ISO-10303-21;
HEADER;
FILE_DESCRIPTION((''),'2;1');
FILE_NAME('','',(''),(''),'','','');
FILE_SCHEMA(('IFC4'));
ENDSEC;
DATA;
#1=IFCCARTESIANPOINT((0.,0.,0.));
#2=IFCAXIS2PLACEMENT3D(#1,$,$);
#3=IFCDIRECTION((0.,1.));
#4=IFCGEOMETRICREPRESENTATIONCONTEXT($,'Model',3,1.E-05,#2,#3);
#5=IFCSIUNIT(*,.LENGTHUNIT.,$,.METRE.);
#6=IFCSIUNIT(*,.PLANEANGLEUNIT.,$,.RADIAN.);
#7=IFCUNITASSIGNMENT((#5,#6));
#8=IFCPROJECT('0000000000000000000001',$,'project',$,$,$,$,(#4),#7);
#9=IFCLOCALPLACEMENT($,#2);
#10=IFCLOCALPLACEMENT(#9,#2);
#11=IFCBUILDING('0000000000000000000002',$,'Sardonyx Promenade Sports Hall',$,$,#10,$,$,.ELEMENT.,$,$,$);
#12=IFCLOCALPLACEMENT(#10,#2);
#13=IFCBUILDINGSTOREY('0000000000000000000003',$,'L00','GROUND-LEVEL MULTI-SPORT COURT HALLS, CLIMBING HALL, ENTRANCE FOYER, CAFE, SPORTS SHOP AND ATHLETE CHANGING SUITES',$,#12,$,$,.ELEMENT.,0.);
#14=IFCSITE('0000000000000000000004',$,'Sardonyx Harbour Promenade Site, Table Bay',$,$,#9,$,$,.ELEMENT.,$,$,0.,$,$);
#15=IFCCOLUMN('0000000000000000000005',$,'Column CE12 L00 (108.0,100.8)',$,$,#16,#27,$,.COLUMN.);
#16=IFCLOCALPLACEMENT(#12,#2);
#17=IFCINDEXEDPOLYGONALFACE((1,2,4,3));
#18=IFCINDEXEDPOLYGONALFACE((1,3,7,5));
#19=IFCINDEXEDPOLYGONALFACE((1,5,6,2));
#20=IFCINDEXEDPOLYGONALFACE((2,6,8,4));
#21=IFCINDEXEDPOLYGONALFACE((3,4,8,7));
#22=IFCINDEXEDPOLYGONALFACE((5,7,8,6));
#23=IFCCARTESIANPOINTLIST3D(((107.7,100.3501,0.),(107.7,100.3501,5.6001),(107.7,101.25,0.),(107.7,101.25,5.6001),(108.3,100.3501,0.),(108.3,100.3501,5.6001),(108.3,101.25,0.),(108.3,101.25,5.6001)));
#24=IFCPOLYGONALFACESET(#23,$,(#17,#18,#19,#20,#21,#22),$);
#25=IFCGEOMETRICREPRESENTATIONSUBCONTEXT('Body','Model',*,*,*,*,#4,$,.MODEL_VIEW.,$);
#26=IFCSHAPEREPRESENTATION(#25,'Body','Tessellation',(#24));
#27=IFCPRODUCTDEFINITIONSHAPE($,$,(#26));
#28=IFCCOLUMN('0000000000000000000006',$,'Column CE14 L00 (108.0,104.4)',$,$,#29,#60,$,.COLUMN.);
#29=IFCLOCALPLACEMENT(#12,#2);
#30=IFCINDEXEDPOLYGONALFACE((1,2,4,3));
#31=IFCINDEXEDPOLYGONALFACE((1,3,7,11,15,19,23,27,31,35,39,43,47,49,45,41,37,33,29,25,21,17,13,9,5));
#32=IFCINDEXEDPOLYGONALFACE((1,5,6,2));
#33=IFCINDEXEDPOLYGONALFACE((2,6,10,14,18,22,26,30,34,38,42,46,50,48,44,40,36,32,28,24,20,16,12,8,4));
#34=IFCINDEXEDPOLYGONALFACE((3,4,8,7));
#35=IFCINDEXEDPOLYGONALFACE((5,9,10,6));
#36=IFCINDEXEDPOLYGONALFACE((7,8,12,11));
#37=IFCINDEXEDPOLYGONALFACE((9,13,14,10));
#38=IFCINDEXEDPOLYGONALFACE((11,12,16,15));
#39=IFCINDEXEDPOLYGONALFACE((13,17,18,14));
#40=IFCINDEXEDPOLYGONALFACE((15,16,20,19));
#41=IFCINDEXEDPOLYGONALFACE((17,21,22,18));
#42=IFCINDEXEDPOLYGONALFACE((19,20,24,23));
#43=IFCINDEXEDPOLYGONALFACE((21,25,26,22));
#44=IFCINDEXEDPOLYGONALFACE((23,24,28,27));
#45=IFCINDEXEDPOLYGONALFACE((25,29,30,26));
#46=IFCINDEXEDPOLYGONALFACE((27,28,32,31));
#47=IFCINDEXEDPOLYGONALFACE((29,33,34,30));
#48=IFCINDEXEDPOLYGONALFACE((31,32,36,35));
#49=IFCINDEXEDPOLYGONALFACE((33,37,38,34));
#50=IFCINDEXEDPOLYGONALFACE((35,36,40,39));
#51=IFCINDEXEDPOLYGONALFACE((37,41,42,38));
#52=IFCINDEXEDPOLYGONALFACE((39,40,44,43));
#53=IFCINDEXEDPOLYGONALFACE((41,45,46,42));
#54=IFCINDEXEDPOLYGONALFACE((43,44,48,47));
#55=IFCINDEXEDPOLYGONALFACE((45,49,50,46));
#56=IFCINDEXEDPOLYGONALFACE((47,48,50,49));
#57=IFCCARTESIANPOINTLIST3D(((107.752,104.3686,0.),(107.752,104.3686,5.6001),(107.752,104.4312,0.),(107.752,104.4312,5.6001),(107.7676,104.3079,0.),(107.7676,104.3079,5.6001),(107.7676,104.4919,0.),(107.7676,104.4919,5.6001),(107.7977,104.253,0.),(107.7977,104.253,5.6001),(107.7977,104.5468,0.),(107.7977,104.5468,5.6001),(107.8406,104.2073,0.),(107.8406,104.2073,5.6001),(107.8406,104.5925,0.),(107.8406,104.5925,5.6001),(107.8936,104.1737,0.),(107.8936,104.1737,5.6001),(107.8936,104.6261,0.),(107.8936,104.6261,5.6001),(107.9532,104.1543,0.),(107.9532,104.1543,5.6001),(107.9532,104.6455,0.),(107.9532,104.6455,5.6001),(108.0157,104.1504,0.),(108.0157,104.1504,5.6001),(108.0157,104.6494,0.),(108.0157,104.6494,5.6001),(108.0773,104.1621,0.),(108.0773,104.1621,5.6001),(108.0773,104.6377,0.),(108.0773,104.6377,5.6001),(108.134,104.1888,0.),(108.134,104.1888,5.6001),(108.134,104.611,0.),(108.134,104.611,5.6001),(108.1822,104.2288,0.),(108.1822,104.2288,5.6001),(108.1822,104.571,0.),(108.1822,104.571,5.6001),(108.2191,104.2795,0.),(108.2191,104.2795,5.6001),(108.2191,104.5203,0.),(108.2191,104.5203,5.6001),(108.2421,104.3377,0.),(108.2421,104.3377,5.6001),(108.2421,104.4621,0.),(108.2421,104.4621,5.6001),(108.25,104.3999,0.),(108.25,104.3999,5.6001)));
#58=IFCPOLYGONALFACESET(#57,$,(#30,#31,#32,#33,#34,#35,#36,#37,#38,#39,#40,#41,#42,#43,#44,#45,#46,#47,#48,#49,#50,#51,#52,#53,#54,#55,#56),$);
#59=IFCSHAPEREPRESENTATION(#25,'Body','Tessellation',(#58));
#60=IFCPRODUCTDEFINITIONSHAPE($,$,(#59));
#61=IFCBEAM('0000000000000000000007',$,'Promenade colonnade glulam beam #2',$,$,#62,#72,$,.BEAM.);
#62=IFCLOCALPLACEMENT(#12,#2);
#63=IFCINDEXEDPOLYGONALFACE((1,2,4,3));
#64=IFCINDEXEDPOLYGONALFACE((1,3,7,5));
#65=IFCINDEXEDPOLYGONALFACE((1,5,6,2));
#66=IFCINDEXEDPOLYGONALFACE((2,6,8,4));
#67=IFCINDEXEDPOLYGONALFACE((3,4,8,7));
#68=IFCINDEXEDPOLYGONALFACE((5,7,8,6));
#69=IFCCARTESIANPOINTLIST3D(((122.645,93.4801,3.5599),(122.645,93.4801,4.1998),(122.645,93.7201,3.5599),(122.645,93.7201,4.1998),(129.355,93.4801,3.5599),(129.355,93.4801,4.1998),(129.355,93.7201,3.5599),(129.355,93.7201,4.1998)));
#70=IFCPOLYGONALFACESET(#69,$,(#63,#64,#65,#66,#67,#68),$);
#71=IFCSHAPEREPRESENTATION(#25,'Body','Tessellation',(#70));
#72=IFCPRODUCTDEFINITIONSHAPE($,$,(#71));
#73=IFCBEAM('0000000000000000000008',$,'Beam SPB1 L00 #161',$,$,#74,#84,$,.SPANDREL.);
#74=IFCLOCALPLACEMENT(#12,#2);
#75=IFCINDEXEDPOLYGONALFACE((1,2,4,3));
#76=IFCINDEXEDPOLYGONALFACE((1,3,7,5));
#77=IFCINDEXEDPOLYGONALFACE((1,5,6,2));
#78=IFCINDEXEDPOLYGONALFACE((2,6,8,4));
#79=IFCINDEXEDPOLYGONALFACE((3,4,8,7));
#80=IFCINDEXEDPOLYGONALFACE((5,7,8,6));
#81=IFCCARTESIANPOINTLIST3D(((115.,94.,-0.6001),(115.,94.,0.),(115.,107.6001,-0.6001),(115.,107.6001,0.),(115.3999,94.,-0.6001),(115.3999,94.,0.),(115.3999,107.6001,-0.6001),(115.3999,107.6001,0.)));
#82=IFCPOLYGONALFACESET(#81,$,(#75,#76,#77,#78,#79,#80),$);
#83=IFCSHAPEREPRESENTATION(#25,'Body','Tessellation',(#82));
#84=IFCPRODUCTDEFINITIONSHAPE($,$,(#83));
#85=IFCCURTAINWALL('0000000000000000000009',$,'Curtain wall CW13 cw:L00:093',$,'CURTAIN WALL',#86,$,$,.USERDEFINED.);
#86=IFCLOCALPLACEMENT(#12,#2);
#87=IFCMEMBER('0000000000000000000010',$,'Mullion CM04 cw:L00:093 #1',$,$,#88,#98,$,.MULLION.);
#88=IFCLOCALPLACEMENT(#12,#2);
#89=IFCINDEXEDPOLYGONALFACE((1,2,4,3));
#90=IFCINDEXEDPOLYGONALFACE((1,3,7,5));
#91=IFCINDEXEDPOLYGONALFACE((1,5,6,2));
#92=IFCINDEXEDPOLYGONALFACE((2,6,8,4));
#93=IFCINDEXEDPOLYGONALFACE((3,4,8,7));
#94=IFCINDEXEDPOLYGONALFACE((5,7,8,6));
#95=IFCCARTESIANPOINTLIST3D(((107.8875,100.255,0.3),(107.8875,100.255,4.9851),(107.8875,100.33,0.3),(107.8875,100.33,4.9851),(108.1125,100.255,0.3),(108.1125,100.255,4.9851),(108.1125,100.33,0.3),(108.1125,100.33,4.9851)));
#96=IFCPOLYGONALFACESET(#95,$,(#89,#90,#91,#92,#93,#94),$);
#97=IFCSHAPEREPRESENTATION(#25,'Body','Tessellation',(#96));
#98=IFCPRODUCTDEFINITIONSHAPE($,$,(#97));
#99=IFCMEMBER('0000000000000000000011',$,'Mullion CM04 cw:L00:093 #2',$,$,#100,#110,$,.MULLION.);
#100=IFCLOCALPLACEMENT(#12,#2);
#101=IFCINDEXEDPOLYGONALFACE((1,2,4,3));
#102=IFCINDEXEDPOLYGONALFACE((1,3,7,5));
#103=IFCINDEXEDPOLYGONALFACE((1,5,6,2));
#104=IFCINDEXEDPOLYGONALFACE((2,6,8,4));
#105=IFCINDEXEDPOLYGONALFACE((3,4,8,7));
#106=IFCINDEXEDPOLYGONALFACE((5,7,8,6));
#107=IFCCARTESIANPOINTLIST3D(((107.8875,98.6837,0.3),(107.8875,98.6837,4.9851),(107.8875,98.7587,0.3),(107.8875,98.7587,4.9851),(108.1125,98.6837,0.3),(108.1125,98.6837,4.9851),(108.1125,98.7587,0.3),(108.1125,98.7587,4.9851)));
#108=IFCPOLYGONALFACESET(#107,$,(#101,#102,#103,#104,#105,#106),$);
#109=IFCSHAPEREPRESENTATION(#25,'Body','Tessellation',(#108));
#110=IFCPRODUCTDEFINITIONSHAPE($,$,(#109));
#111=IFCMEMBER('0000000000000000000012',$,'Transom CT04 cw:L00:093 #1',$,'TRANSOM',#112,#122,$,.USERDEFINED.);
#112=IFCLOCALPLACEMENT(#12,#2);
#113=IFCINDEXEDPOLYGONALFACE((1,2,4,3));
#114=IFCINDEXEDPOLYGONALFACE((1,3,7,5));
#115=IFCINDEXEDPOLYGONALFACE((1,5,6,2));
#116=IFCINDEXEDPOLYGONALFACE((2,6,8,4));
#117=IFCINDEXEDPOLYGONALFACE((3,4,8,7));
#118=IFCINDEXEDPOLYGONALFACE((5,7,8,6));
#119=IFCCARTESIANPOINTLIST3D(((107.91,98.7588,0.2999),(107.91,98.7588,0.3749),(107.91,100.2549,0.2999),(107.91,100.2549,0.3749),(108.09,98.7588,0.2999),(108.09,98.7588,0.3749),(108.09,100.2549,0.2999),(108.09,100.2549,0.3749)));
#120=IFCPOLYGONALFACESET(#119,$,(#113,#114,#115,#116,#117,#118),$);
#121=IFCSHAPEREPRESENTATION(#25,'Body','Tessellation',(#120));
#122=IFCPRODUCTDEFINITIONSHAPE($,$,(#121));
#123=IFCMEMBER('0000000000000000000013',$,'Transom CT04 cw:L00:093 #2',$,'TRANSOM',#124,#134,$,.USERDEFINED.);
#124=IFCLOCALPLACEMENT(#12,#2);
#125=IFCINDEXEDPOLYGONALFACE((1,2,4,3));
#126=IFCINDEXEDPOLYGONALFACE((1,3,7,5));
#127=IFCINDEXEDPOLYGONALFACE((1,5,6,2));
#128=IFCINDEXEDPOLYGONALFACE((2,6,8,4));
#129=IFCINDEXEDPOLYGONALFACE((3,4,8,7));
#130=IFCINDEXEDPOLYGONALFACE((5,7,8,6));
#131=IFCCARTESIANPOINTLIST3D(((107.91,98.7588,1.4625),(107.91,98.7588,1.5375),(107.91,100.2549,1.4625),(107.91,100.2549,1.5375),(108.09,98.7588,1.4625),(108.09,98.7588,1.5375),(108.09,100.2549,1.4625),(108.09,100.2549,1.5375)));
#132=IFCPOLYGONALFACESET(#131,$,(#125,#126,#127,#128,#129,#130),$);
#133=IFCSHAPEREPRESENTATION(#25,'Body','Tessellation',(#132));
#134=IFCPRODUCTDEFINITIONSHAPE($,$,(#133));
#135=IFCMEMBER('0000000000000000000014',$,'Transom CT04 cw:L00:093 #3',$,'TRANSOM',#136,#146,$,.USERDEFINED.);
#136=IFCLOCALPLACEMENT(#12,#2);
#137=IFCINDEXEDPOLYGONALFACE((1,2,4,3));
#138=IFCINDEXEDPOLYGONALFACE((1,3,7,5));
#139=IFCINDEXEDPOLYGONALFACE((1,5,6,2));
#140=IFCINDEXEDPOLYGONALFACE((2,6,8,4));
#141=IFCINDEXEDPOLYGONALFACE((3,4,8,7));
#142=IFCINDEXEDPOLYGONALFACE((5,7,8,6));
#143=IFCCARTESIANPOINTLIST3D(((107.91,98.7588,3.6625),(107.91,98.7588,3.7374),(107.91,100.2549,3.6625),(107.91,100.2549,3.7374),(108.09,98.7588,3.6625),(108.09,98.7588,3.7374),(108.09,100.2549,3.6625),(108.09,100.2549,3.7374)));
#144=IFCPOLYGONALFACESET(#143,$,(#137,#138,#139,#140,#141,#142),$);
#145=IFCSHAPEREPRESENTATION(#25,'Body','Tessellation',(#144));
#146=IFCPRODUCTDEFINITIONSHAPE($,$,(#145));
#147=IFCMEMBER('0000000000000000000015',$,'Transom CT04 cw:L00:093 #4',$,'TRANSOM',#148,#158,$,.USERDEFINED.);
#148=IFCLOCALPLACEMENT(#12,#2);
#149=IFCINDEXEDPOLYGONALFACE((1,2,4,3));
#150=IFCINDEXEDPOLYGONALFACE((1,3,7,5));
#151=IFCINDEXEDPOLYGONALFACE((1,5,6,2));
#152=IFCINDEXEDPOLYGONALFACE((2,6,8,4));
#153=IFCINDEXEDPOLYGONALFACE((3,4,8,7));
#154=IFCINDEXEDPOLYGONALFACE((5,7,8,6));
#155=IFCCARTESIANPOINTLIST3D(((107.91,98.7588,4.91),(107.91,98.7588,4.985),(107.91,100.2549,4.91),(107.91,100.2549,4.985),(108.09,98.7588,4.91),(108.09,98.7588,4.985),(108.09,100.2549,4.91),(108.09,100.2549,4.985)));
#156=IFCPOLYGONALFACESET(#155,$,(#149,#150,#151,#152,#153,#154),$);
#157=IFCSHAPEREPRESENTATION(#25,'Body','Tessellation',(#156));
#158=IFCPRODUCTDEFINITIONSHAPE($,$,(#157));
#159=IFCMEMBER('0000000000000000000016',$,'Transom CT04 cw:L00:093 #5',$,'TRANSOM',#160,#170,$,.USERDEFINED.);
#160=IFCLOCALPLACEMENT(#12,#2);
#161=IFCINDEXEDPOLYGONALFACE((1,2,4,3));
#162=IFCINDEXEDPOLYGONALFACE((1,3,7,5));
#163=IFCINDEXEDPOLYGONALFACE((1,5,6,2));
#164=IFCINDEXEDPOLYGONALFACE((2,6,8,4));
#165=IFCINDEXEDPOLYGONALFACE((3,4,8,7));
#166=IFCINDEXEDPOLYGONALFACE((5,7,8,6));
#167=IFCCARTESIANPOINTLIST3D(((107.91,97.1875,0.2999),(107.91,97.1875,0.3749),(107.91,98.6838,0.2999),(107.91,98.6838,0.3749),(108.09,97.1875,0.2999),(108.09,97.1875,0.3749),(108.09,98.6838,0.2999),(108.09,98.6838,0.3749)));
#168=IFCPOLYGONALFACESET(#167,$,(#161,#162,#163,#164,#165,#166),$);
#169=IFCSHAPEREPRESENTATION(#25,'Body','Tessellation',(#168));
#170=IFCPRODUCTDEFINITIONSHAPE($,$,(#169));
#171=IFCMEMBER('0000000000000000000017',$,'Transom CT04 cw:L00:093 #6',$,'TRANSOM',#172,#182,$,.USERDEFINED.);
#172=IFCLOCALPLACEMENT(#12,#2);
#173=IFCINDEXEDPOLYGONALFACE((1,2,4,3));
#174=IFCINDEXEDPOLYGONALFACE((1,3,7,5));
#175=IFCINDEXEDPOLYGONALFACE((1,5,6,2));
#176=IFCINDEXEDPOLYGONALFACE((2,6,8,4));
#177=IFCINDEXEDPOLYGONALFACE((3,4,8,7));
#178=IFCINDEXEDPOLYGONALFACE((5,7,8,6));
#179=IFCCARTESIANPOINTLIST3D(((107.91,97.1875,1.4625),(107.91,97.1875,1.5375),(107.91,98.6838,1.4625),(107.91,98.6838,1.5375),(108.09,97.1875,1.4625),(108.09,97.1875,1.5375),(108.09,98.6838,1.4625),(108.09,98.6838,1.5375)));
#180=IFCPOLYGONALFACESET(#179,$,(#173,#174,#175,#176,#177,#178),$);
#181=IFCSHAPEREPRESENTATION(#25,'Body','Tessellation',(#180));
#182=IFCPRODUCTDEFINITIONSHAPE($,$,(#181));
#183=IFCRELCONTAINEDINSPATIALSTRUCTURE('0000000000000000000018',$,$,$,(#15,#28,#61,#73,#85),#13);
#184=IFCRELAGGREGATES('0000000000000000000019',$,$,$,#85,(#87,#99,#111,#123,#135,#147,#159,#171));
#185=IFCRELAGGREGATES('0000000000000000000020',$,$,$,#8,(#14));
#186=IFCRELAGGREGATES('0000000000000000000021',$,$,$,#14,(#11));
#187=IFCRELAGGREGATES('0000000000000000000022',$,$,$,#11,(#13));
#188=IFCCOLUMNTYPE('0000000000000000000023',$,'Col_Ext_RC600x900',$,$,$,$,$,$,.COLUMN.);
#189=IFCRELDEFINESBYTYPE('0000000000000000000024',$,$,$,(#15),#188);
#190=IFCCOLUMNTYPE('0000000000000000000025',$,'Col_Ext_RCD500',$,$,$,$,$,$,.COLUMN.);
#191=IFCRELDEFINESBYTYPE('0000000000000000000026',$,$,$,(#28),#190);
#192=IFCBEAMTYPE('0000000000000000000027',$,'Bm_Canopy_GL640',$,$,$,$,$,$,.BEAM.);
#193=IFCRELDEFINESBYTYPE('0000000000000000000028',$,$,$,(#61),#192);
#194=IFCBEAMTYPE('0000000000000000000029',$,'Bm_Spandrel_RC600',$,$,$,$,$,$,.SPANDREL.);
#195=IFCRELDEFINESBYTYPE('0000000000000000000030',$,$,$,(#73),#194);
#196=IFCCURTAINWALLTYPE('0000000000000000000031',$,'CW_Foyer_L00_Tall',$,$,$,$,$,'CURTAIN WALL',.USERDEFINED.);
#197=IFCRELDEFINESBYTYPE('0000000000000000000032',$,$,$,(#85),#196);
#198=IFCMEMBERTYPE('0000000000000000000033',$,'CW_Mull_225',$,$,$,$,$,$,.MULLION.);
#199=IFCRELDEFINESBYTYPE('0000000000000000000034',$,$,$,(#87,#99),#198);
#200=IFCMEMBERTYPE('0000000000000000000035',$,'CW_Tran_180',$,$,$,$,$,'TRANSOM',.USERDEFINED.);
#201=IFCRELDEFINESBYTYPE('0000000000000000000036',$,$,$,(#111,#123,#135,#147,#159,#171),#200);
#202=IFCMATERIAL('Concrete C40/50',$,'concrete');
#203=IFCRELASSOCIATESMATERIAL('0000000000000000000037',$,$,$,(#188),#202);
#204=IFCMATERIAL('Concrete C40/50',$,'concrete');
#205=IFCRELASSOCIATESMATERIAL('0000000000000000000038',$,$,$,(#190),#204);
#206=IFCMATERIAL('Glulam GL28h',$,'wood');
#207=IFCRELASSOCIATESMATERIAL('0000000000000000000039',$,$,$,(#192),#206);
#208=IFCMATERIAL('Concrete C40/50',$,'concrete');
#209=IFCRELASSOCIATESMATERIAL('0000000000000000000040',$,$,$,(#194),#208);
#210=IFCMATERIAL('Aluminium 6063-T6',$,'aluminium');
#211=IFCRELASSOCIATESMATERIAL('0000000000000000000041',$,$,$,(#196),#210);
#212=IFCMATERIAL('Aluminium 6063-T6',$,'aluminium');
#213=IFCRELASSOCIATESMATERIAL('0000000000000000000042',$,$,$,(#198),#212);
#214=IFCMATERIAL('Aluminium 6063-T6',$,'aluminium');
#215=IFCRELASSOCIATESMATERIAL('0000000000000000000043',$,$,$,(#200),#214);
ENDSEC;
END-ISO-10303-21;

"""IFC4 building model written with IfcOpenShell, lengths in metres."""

from ifc_helpers import new_model, si_unit, direction, frame, origin, origin_2d, place, context, subcontext, project, spatial, rectangle, circle, extrude, material, material_profile, profile_set, type_object, element, aggregate, save


model = new_model("IFC4")

# Units and contexts
model_context = context("Model", 3, precision=1e-05, world=origin(), true_north=direction((0.0, 1.0)))
body_context = subcontext(model_context, "Body", "Model", "MODEL_VIEW")
ifc_project = project(units=[si_unit("LENGTHUNIT", "METRE"), si_unit("PLANEANGLEUNIT", "RADIAN")], contexts=[model_context])

# Site, building, storey
site_placement = place(None, origin())
site = spatial("IfcSite", under=ifc_project, at=site_placement, Name="Sardonyx Harbour Promenade Site, Table Bay", CompositionType="ELEMENT", RefElevation=0.0)
building_placement = place(site_placement, origin())
building = spatial("IfcBuilding", under=site, at=building_placement, Name="Sardonyx Promenade Sports Hall", CompositionType="ELEMENT")
storey_placement = place(building_placement, origin())
storey = spatial("IfcBuildingStorey", under=building, at=storey_placement, Name="L00", Description="GROUND-LEVEL MULTI-SPORT COURT HALLS, CLIMBING HALL, ENTRANCE FOYER, CAFE, SPORTS SHOP AND ATHLETE CHANGING SUITES", CompositionType="ELEMENT", Elevation=0.0)

# Columns
ifc_material_1 = material(Name="Concrete C40/50", Category="concrete")
ifc_material_profile_1 = material_profile(ifc_material_1, rectangle(XDim=0.6001, YDim=0.8999, at=origin_2d()))
ifc_profile_set_1 = profile_set([ifc_material_profile_1], Name="Concrete C40/50")
column_type_1 = type_object("IfcColumnType", Name="Col_Ext_RC600x900", PredefinedType="COLUMN", material=ifc_profile_set_1)
column_1_placement = place(storey_placement, frame((108.0, 100.8, 0.0), z_axis=(0.0, 0.0, 1.0), x_axis=(1.0, 0.0, 0.0)))
element("IfcColumn", 1, at=column_1_placement, inside=storey, type_object=column_type_1, Name="Column CE12 L00 (108.0,100.8)", PredefinedType="COLUMN", context=body_context, shape_type="SweptSolid", body=[
    extrude(rectangle(XDim=0.6001, YDim=0.8999, at=origin_2d()), origin(), (0.0, 0.0, 1.0), 5.6001),
])
ifc_material_2 = material(Name="Concrete C40/50", Category="concrete")
ifc_material_profile_2 = material_profile(ifc_material_2, circle(Radius=0.25, at=origin_2d()))
ifc_profile_set_2 = profile_set([ifc_material_profile_2], Name="Concrete C40/50")
column_type_2 = type_object("IfcColumnType", Name="Col_Ext_RCD500", PredefinedType="COLUMN", material=ifc_profile_set_2)
column_2_placement = place(storey_placement, frame((108.0, 104.3999, 0.0), z_axis=(0.0, 0.0, 1.0), x_axis=(1.0, 0.0, 0.0)))
element("IfcColumn", 2, at=column_2_placement, inside=storey, type_object=column_type_2, Name="Column CE14 L00 (108.0,104.4)", PredefinedType="COLUMN", context=body_context, shape_type="SweptSolid", body=[
    extrude(circle(Radius=0.25, at=origin_2d()), origin(), (0.0, 0.0, 1.0), 5.6001),
])

# Beams
ifc_material_3 = material(Name="Glulam GL28h", Category="wood")
ifc_material_profile_3 = material_profile(ifc_material_3, rectangle(XDim=0.24, YDim=0.6399, at=origin_2d()))
ifc_profile_set_3 = profile_set([ifc_material_profile_3], Name="Glulam GL28h")
beam_type_1 = type_object("IfcBeamType", Name="Bm_Canopy_GL640", PredefinedType="BEAM", material=ifc_profile_set_3)
beam_1_placement = place(storey_placement, frame((122.645, 93.6001, 3.8799), z_axis=(1.0, 0.0, 0.0), x_axis=(0.0, 1.0, 0.0)))
element("IfcBeam", 3, at=beam_1_placement, inside=storey, type_object=beam_type_1, Name="Promenade colonnade glulam beam #2", PredefinedType="BEAM", context=body_context, shape_type="SweptSolid", body=[
    extrude(rectangle(XDim=0.24, YDim=0.6399, at=origin_2d()), origin(), (0.0, 0.0, 1.0), 6.71),
])
ifc_material_4 = material(Name="Concrete C40/50", Category="concrete")
ifc_material_profile_4 = material_profile(ifc_material_4, rectangle(XDim=0.3999, YDim=0.6001, at=origin_2d()))
ifc_profile_set_4 = profile_set([ifc_material_profile_4], Name="Concrete C40/50")
beam_type_2 = type_object("IfcBeamType", Name="Bm_Spandrel_RC600", PredefinedType="SPANDREL", material=ifc_profile_set_4)
beam_2_placement = place(storey_placement, frame((115.2, 94.0, -0.3), z_axis=(0.0, 1.0, 0.0), x_axis=(-1.0, 0.0, 0.0)))
element("IfcBeam", 4, at=beam_2_placement, inside=storey, type_object=beam_type_2, Name="Beam SPB1 L00 #161", PredefinedType="SPANDREL", context=body_context, shape_type="SweptSolid", body=[
    extrude(rectangle(XDim=0.3999, YDim=0.6001, at=origin_2d()), origin(), (0.0, 0.0, 1.0), 13.6001),
])

# Curtain wall, members
ifc_material_5 = material(Name="Aluminium 6063-T6", Category="aluminium")
curtain_wall_type = type_object("IfcCurtainWallType", Name="CW_Foyer_L00_Tall", ElementType="CURTAIN WALL", PredefinedType="USERDEFINED", material=ifc_material_5)
curtain_wall_placement = place(storey_placement, origin())
curtain_wall = element("IfcCurtainWall", 5, at=curtain_wall_placement, inside=storey, type_object=curtain_wall_type, Name="Curtain wall CW13 cw:L00:093", ObjectType="CURTAIN WALL", PredefinedType="USERDEFINED")
ifc_material_6 = material(Name="Aluminium 6063-T6", Category="aluminium")
ifc_material_profile_5 = material_profile(ifc_material_6, rectangle(XDim=0.075, YDim=0.2251, at=origin_2d()))
ifc_profile_set_5 = profile_set([ifc_material_profile_5], Name="Aluminium 6063-T6")
member_type_1 = type_object("IfcMemberType", Name="CW_Mull_225", PredefinedType="MULLION", material=ifc_profile_set_5)
member_1_placement = place(storey_placement, frame((108.0, 100.2925, 0.3), z_axis=(0.0, 0.0, 1.0), x_axis=(0.0, -1.0, 0.0)))
member_1 = element("IfcMember", 6, at=member_1_placement, type_object=member_type_1, Name="Mullion CM04 cw:L00:093 #1", PredefinedType="MULLION", context=body_context, shape_type="SweptSolid", body=[
    extrude(rectangle(XDim=0.075, YDim=0.2251, at=origin_2d()), origin(), (0.0, 0.0, 1.0), 4.6851),
])
member_2_placement = place(storey_placement, frame((108.0, 98.7212, 0.3), z_axis=(0.0, 0.0, 1.0), x_axis=(0.0, -1.0, 0.0)))
member_2 = element("IfcMember", 7, at=member_2_placement, type_object=member_type_1, Name="Mullion CM04 cw:L00:093 #2", PredefinedType="MULLION", context=body_context, shape_type="SweptSolid", body=[
    extrude(rectangle(XDim=0.075, YDim=0.2251, at=origin_2d()), origin(), (0.0, 0.0, 1.0), 4.6851),
])
ifc_material_7 = material(Name="Aluminium 6063-T6", Category="aluminium")
ifc_material_profile_6 = material_profile(ifc_material_7, rectangle(XDim=0.075, YDim=0.1799, at=origin_2d()))
ifc_profile_set_6 = profile_set([ifc_material_profile_6], Name="Aluminium 6063-T6")
member_type_2 = type_object("IfcMemberType", Name="CW_Tran_180", ElementType="TRANSOM", PredefinedType="USERDEFINED", material=ifc_profile_set_6)
member_3_placement = place(storey_placement, frame((108.0, 100.2549, 0.3374), z_axis=(0.0, -1.0, 0.0), x_axis=(0.0, 0.0, 1.0)))
member_3 = element("IfcMember", 8, at=member_3_placement, type_object=member_type_2, Name="Transom CT04 cw:L00:093 #1", ObjectType="TRANSOM", PredefinedType="USERDEFINED", context=body_context, shape_type="SweptSolid", body=[
    extrude(rectangle(XDim=0.075, YDim=0.1799, at=origin_2d()), origin(), (0.0, 0.0, 1.0), 1.4961),
])
member_4_placement = place(storey_placement, frame((108.0, 100.2549, 1.5), z_axis=(0.0, -1.0, 0.0), x_axis=(0.0, 0.0, 1.0)))
member_4 = element("IfcMember", 9, at=member_4_placement, type_object=member_type_2, Name="Transom CT04 cw:L00:093 #2", ObjectType="TRANSOM", PredefinedType="USERDEFINED", context=body_context, shape_type="SweptSolid", body=[
    extrude(rectangle(XDim=0.075, YDim=0.1799, at=origin_2d()), origin(), (0.0, 0.0, 1.0), 1.4961),
])
member_5_placement = place(storey_placement, frame((108.0, 100.2549, 3.7), z_axis=(0.0, -1.0, 0.0), x_axis=(0.0, 0.0, 1.0)))
member_5 = element("IfcMember", 10, at=member_5_placement, type_object=member_type_2, Name="Transom CT04 cw:L00:093 #3", ObjectType="TRANSOM", PredefinedType="USERDEFINED", context=body_context, shape_type="SweptSolid", body=[
    extrude(rectangle(XDim=0.075, YDim=0.1799, at=origin_2d()), origin(), (0.0, 0.0, 1.0), 1.4961),
])
member_6_placement = place(storey_placement, frame((108.0, 100.2549, 4.9475), z_axis=(0.0, -1.0, 0.0), x_axis=(0.0, 0.0, 1.0)))
member_6 = element("IfcMember", 11, at=member_6_placement, type_object=member_type_2, Name="Transom CT04 cw:L00:093 #4", ObjectType="TRANSOM", PredefinedType="USERDEFINED", context=body_context, shape_type="SweptSolid", body=[
    extrude(rectangle(XDim=0.075, YDim=0.1799, at=origin_2d()), origin(), (0.0, 0.0, 1.0), 1.4961),
])
member_7_placement = place(storey_placement, frame((108.0, 98.6838, 0.3374), z_axis=(0.0, -1.0, 0.0), x_axis=(0.0, 0.0, 1.0)))
member_7 = element("IfcMember", 12, at=member_7_placement, type_object=member_type_2, Name="Transom CT04 cw:L00:093 #5", ObjectType="TRANSOM", PredefinedType="USERDEFINED", context=body_context, shape_type="SweptSolid", body=[
    extrude(rectangle(XDim=0.075, YDim=0.1799, at=origin_2d()), origin(), (0.0, 0.0, 1.0), 1.4963),
])
member_8_placement = place(storey_placement, frame((108.0, 98.6838, 1.5), z_axis=(0.0, -1.0, 0.0), x_axis=(0.0, 0.0, 1.0)))
member_8 = element("IfcMember", 13, at=member_8_placement, type_object=member_type_2, Name="Transom CT04 cw:L00:093 #6", ObjectType="TRANSOM", PredefinedType="USERDEFINED", context=body_context, shape_type="SweptSolid", body=[
    extrude(rectangle(XDim=0.075, YDim=0.1799, at=origin_2d()), origin(), (0.0, 0.0, 1.0), 1.4963),
])
aggregate(curtain_wall, [member_1, member_2, member_3, member_4, member_5, member_6, member_7, member_8])

save(model, "model.ifc")
